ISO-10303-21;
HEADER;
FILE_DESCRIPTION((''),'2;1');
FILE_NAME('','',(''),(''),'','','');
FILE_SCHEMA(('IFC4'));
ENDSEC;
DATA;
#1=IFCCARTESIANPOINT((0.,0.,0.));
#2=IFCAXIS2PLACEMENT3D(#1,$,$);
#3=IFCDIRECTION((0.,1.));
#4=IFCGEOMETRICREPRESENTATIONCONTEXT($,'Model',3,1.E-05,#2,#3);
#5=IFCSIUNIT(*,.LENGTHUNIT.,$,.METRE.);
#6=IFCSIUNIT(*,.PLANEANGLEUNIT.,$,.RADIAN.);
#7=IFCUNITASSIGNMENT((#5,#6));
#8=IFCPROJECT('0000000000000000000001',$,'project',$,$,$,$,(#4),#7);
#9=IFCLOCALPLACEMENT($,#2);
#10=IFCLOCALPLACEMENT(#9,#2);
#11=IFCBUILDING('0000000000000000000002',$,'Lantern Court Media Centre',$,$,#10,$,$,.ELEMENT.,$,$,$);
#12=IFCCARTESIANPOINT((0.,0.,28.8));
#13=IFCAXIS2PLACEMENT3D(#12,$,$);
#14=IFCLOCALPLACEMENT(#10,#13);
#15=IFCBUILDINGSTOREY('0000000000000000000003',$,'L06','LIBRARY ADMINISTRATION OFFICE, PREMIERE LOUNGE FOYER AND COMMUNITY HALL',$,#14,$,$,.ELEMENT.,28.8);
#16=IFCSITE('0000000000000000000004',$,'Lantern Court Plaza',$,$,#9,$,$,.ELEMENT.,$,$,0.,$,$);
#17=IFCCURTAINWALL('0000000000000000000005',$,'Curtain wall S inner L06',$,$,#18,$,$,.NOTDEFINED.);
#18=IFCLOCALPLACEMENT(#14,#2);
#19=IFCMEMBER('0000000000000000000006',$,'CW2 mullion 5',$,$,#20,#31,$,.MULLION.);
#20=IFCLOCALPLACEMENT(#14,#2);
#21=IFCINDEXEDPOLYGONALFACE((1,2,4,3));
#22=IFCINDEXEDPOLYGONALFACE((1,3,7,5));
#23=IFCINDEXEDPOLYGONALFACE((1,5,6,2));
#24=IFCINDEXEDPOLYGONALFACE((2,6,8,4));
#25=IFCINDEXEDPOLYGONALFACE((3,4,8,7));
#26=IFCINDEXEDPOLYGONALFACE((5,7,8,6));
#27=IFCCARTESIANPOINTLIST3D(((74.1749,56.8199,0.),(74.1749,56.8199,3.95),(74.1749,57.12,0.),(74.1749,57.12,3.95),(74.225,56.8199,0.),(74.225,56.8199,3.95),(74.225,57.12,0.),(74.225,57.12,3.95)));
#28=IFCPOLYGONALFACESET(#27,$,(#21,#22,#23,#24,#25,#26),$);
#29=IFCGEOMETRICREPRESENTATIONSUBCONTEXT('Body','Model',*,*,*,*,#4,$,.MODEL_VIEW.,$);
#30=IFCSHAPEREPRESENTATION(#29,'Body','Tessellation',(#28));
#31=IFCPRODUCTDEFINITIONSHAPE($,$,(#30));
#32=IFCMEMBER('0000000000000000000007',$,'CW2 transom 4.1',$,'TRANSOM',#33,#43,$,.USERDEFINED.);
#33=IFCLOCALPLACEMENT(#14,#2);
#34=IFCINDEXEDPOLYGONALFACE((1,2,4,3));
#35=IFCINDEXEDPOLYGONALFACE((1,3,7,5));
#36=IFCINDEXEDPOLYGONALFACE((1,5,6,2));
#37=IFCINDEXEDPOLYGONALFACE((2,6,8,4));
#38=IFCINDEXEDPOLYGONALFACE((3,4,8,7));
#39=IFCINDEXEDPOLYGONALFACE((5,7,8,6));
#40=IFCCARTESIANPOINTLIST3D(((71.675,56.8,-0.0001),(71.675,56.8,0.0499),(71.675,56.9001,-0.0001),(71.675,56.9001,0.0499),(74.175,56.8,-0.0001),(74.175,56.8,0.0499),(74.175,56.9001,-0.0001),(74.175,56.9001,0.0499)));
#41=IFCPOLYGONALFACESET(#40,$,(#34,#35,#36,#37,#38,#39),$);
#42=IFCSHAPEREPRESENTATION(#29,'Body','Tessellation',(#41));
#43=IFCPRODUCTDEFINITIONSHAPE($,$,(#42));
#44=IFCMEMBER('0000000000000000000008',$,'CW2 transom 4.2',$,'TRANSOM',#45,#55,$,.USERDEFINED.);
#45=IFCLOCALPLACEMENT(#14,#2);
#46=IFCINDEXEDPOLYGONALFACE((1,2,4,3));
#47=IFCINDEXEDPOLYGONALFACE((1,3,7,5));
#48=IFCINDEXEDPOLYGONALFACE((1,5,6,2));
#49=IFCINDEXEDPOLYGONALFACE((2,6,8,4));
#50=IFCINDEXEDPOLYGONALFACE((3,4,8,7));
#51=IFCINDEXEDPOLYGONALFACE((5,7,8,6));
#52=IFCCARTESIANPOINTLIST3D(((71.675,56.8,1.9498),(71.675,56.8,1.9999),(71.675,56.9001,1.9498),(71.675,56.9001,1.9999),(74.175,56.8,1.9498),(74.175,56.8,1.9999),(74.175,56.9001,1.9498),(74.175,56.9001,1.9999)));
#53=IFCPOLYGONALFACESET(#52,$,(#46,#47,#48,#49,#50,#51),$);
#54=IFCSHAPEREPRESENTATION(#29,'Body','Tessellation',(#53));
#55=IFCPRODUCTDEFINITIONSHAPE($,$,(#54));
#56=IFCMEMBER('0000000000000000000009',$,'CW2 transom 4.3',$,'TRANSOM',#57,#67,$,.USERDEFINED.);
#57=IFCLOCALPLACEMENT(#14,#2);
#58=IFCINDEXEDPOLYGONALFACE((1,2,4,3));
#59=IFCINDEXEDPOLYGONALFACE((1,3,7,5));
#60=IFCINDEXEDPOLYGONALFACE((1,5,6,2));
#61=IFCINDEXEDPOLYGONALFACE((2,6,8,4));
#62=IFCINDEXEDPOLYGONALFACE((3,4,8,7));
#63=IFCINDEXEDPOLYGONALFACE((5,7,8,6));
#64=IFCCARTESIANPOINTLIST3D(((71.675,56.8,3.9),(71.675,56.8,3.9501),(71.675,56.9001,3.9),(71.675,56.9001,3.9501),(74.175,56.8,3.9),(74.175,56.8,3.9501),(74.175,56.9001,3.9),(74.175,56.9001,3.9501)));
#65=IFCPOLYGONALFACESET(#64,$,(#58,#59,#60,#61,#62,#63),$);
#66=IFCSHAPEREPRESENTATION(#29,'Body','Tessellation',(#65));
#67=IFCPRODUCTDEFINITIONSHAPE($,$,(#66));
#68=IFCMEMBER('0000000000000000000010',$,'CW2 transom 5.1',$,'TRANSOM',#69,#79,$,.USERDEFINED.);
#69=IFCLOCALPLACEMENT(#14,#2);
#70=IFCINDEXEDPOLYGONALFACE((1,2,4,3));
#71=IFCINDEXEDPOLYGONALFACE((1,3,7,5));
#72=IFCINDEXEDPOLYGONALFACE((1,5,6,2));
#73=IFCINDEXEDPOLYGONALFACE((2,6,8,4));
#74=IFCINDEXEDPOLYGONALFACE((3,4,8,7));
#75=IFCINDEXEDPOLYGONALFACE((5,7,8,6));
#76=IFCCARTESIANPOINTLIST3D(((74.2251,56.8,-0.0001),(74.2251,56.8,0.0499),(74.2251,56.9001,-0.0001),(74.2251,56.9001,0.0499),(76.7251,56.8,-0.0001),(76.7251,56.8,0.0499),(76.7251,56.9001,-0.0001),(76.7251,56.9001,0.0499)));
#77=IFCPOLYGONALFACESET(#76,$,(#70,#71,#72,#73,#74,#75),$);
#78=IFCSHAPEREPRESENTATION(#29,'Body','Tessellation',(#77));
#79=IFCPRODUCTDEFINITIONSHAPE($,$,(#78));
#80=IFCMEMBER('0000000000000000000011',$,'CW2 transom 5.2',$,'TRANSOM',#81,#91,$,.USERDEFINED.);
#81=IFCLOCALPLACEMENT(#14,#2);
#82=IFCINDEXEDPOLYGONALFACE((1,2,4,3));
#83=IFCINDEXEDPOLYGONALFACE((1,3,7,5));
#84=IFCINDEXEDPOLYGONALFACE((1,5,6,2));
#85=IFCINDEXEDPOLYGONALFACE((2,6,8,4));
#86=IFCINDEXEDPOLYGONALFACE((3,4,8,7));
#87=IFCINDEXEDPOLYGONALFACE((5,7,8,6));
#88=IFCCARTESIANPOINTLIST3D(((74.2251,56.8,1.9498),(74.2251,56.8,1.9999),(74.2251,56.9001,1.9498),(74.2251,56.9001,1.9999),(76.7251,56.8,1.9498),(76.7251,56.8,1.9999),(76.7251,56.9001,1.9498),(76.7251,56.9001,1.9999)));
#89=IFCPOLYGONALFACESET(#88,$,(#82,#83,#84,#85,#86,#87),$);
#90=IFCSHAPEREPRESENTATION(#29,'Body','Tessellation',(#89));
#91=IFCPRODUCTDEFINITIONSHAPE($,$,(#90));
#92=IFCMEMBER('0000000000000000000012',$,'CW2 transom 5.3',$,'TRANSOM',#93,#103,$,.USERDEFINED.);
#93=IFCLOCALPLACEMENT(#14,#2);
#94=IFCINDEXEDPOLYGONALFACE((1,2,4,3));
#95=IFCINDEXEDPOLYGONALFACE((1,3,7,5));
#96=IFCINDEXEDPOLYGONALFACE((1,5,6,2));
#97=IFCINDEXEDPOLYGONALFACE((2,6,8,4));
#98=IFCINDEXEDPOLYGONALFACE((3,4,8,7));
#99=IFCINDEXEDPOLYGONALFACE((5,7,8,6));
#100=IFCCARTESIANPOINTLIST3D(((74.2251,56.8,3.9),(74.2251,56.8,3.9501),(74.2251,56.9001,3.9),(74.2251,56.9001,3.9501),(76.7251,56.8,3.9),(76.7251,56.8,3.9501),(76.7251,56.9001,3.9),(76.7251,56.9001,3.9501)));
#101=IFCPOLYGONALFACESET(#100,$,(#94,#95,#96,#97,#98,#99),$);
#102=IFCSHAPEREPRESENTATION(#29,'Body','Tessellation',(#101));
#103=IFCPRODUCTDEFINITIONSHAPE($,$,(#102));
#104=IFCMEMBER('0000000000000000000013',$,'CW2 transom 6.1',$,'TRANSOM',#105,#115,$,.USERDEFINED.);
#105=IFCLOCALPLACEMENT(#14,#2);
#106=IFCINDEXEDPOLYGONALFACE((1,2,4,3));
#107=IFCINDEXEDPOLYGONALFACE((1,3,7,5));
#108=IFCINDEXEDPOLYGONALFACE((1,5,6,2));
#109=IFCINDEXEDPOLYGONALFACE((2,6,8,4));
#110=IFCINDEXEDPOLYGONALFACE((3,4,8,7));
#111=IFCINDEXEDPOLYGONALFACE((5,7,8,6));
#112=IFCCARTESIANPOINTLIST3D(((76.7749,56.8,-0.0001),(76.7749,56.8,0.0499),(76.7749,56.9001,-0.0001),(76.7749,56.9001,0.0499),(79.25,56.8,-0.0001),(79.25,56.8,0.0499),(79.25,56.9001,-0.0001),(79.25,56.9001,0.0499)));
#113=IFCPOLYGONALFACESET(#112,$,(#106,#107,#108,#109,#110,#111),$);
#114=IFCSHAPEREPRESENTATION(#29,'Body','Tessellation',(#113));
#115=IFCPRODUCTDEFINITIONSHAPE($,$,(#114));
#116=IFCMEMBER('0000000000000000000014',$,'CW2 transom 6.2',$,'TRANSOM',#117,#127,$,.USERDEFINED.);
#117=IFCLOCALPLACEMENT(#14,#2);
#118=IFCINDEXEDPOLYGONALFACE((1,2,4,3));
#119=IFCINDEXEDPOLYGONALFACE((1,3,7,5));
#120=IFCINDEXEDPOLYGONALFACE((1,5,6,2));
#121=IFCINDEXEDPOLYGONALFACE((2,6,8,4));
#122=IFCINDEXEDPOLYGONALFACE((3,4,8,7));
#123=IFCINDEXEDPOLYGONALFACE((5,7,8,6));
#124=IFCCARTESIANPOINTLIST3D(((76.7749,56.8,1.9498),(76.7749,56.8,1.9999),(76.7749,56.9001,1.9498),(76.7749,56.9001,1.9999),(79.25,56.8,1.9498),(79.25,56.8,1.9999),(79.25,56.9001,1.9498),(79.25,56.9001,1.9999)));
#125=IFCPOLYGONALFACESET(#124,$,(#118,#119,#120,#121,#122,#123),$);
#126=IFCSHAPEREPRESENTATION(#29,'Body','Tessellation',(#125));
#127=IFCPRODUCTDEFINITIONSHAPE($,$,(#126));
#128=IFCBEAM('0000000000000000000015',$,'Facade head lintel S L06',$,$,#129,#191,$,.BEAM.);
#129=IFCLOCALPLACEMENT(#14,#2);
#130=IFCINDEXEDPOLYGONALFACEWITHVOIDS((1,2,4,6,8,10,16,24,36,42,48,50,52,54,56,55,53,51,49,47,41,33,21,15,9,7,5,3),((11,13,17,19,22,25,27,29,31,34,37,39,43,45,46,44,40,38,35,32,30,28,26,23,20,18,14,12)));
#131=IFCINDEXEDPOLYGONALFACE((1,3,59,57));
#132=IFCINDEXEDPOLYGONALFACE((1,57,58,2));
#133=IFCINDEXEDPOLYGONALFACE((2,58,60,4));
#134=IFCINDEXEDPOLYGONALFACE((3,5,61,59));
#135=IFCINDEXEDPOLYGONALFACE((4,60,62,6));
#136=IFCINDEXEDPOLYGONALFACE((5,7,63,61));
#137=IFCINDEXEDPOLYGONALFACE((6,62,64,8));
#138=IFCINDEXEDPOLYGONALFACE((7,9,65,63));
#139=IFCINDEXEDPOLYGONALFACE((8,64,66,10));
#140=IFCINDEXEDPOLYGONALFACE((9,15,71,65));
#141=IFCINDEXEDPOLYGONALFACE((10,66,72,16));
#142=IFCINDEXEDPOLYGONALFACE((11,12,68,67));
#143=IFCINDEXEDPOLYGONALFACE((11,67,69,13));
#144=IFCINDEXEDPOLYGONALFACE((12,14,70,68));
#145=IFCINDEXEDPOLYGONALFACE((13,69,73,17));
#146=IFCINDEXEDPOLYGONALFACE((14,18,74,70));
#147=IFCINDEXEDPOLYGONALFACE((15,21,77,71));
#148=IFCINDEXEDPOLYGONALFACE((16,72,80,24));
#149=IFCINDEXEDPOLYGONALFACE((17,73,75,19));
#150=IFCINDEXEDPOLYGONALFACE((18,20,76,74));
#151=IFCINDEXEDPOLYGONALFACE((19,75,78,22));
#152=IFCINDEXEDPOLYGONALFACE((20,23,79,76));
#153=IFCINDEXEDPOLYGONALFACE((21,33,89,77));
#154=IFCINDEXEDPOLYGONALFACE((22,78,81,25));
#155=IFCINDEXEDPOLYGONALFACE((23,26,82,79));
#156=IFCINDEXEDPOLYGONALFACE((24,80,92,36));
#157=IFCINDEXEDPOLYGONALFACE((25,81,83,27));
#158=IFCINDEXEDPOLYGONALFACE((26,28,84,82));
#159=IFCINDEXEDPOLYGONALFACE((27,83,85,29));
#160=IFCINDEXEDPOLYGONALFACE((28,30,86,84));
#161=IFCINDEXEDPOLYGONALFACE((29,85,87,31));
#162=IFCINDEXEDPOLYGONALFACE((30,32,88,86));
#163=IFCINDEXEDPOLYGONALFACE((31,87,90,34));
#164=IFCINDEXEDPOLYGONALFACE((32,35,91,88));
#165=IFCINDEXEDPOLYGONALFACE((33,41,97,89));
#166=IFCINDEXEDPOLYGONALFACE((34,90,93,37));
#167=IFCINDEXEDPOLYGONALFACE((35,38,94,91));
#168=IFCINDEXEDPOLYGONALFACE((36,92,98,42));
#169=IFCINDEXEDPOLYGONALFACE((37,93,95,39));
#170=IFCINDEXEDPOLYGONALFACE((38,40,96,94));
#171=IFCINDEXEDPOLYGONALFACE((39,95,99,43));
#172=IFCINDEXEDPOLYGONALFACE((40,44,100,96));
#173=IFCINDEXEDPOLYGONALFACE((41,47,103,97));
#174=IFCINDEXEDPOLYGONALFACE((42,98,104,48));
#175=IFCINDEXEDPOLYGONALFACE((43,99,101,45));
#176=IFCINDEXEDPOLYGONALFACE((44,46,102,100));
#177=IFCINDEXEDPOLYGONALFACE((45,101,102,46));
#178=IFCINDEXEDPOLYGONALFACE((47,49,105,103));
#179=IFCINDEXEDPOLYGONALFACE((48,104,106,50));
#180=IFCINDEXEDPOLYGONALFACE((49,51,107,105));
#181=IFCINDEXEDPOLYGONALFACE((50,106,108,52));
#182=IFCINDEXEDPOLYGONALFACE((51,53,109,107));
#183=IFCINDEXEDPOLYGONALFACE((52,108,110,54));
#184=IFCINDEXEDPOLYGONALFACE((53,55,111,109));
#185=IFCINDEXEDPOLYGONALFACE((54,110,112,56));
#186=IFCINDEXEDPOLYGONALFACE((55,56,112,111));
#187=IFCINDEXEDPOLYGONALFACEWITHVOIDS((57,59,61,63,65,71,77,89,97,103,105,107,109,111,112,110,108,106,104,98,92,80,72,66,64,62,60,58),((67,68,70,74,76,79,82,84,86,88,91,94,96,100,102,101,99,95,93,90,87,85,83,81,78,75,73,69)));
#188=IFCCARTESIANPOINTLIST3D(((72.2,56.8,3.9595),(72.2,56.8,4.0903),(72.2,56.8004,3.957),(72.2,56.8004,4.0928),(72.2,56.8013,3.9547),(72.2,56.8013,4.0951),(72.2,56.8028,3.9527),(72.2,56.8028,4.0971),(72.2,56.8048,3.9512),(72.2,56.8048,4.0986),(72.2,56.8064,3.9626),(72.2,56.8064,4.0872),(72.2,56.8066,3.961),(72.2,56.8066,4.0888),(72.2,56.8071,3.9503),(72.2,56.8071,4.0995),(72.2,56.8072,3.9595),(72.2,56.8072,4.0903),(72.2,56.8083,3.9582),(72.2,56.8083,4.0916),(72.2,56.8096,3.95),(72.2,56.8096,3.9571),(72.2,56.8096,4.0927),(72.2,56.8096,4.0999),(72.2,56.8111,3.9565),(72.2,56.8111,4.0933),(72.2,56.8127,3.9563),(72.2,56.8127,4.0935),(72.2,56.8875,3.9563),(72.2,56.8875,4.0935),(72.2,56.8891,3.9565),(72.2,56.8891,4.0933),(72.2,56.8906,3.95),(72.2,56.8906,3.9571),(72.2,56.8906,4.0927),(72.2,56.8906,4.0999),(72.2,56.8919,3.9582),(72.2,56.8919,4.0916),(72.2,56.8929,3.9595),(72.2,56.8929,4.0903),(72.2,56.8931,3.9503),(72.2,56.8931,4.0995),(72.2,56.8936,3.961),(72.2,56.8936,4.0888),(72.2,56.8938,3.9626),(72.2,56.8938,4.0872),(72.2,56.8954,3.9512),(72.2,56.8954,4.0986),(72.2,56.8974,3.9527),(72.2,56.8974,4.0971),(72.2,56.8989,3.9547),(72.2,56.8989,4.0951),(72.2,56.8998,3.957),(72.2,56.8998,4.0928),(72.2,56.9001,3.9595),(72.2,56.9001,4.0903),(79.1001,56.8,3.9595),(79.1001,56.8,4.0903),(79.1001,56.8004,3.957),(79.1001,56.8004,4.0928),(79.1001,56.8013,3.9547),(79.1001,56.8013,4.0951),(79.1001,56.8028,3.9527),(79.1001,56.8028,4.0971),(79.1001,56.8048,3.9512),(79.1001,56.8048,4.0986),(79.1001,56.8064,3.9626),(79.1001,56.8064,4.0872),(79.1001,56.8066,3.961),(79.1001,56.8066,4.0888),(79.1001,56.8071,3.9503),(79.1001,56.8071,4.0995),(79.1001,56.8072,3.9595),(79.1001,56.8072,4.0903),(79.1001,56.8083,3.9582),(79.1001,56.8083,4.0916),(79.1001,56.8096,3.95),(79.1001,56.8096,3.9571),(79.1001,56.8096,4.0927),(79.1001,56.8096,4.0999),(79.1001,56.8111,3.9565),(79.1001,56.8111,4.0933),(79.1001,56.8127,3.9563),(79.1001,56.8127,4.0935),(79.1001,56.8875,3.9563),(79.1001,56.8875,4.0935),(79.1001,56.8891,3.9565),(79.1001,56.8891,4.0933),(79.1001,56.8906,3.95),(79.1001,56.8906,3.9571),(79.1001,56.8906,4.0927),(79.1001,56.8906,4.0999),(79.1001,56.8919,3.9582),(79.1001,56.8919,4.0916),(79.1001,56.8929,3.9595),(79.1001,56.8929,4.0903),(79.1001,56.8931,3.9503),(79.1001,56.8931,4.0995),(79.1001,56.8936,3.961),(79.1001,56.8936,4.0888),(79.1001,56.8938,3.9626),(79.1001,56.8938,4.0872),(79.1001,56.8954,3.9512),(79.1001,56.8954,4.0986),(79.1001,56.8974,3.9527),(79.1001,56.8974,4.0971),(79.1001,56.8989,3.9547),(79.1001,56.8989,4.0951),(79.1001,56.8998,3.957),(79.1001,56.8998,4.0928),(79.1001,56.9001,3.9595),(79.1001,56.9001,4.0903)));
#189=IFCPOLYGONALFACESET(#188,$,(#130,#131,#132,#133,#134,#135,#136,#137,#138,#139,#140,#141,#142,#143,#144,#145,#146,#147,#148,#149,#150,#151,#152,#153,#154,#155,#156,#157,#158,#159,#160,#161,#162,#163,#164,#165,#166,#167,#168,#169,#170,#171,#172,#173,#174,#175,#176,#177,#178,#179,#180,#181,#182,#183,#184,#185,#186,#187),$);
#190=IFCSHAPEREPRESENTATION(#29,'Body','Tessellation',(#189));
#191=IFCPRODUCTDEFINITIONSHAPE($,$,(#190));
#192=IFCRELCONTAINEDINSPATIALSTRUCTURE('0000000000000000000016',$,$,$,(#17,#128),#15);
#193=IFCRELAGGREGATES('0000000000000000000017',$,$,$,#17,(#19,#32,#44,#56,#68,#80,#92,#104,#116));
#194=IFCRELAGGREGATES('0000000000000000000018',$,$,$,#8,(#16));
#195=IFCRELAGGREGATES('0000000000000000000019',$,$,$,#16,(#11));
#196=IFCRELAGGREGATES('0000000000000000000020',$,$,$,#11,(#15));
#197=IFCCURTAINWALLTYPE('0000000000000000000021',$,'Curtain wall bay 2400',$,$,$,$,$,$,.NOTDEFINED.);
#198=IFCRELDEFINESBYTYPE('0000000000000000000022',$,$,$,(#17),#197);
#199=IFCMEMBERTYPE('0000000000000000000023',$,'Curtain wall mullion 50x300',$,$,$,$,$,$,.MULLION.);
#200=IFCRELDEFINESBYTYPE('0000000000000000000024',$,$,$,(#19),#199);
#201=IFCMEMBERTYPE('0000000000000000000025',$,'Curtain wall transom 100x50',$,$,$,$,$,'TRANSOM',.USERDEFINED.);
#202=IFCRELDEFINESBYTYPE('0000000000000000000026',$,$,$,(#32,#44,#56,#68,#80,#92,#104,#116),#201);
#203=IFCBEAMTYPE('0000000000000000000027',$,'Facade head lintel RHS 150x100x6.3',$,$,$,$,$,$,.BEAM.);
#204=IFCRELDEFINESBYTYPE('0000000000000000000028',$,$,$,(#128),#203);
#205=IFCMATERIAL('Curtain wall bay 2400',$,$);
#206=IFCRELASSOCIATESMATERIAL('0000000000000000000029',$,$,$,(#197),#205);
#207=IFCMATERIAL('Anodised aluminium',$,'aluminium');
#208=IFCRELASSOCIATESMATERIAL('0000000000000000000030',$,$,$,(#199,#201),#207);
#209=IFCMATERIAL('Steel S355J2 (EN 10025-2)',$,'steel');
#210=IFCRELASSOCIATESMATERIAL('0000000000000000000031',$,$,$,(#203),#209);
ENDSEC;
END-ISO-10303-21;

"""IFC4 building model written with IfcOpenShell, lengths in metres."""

from ifc_helpers import new_model, si_unit, direction, frame, origin, origin_2d, place, context, subcontext, project, spatial, rectangle, hollow_rectangle, extrude, material, material_profile, profile_set, type_object, element, aggregate, save


model = new_model("IFC4")

# Units and contexts
model_context = context("Model", 3, precision=1e-05, world=origin(), true_north=direction((0.0, 1.0)))
body_context = subcontext(model_context, "Body", "Model", "MODEL_VIEW")
ifc_project = project(units=[si_unit("LENGTHUNIT", "METRE"), si_unit("PLANEANGLEUNIT", "RADIAN")], contexts=[model_context])

# Site, building, storey
site_placement = place(None, origin())
site = spatial("IfcSite", under=ifc_project, at=site_placement, Name="Lantern Court Plaza", CompositionType="ELEMENT", RefElevation=0.0)
building_placement = place(site_placement, origin())
building = spatial("IfcBuilding", under=site, at=building_placement, Name="Lantern Court Media Centre", CompositionType="ELEMENT")
storey_placement = place(building_placement, frame((0.0, 0.0, 28.8)))
storey = spatial("IfcBuildingStorey", under=building, at=storey_placement, Name="L06", Description="LIBRARY ADMINISTRATION OFFICE, PREMIERE LOUNGE FOYER AND COMMUNITY HALL", CompositionType="ELEMENT", Elevation=28.8)

# Curtain wall, members
ifc_material_1 = material(Name="Curtain wall bay 2400")
curtain_wall_type = type_object("IfcCurtainWallType", Name="Curtain wall bay 2400", PredefinedType="NOTDEFINED", material=ifc_material_1)
curtain_wall_placement = place(storey_placement, origin())
curtain_wall = element("IfcCurtainWall", 1, at=curtain_wall_placement, inside=storey, type_object=curtain_wall_type, Name="Curtain wall S inner L06", PredefinedType="NOTDEFINED")
ifc_material_2 = material(Name="Anodised aluminium", Category="aluminium")
ifc_material_profile_1 = material_profile(ifc_material_2, rectangle(XDim=0.3, YDim=0.05, at=origin_2d()), Name="AL 50x300")
ifc_profile_set_1 = profile_set([ifc_material_profile_1], Name="Anodised aluminium")
member_type_1 = type_object("IfcMemberType", Name="Curtain wall mullion 50x300", PredefinedType="MULLION", material=ifc_profile_set_1)
member_1_placement = place(storey_placement, frame((74.2, 56.97, 0.0), z_axis=(0.0, 0.0, 1.0), x_axis=(0.0, 1.0, 0.0)))
member_1 = element("IfcMember", 2, at=member_1_placement, type_object=member_type_1, Name="CW2 mullion 5", PredefinedType="MULLION", context=body_context, shape_type="SweptSolid", body=[
    extrude(rectangle(XDim=0.3, YDim=0.05, at=origin_2d()), origin(), (0.0, 0.0, 1.0), 3.95),
])
ifc_material_profile_2 = material_profile(ifc_material_2, rectangle(XDim=0.1001, YDim=0.05, at=origin_2d()), Name="AL 50x100")
ifc_profile_set_2 = profile_set([ifc_material_profile_2], Name="Anodised aluminium")
member_type_2 = type_object("IfcMemberType", Name="Curtain wall transom 100x50", ElementType="TRANSOM", PredefinedType="USERDEFINED", material=ifc_profile_set_2)
member_2_placement = place(storey_placement, frame((71.675, 56.8501, 0.0249), z_axis=(1.0, 0.0, 0.0), x_axis=(0.0, 1.0, 0.0)))
member_2 = element("IfcMember", 3, at=member_2_placement, type_object=member_type_2, Name="CW2 transom 4.1", ObjectType="TRANSOM", PredefinedType="USERDEFINED", context=body_context, shape_type="SweptSolid", body=[
    extrude(rectangle(XDim=0.1001, YDim=0.05, at=origin_2d()), origin(), (0.0, 0.0, 1.0), 2.5),
])
member_3_placement = place(storey_placement, frame((71.675, 56.8501, 1.9749), z_axis=(1.0, 0.0, 0.0), x_axis=(0.0, 1.0, 0.0)))
member_3 = element("IfcMember", 4, at=member_3_placement, type_object=member_type_2, Name="CW2 transom 4.2", ObjectType="TRANSOM", PredefinedType="USERDEFINED", context=body_context, shape_type="SweptSolid", body=[
    extrude(rectangle(XDim=0.1001, YDim=0.05, at=origin_2d()), origin(), (0.0, 0.0, 1.0), 2.5),
])
member_4_placement = place(storey_placement, frame((71.675, 56.8501, 3.925), z_axis=(1.0, 0.0, 0.0), x_axis=(0.0, 1.0, 0.0)))
member_4 = element("IfcMember", 5, at=member_4_placement, type_object=member_type_2, Name="CW2 transom 4.3", ObjectType="TRANSOM", PredefinedType="USERDEFINED", context=body_context, shape_type="SweptSolid", body=[
    extrude(rectangle(XDim=0.1001, YDim=0.05, at=origin_2d()), origin(), (0.0, 0.0, 1.0), 2.5),
])
member_5_placement = place(storey_placement, frame((74.2251, 56.8501, 0.0249), z_axis=(1.0, 0.0, 0.0), x_axis=(0.0, 1.0, 0.0)))
member_5 = element("IfcMember", 6, at=member_5_placement, type_object=member_type_2, Name="CW2 transom 5.1", ObjectType="TRANSOM", PredefinedType="USERDEFINED", context=body_context, shape_type="SweptSolid", body=[
    extrude(rectangle(XDim=0.1001, YDim=0.05, at=origin_2d()), origin(), (0.0, 0.0, 1.0), 2.5),
])
member_6_placement = place(storey_placement, frame((74.2251, 56.8501, 1.9749), z_axis=(1.0, 0.0, 0.0), x_axis=(0.0, 1.0, 0.0)))
member_6 = element("IfcMember", 7, at=member_6_placement, type_object=member_type_2, Name="CW2 transom 5.2", ObjectType="TRANSOM", PredefinedType="USERDEFINED", context=body_context, shape_type="SweptSolid", body=[
    extrude(rectangle(XDim=0.1001, YDim=0.05, at=origin_2d()), origin(), (0.0, 0.0, 1.0), 2.5),
])
member_7_placement = place(storey_placement, frame((74.2251, 56.8501, 3.925), z_axis=(1.0, 0.0, 0.0), x_axis=(0.0, 1.0, 0.0)))
member_7 = element("IfcMember", 8, at=member_7_placement, type_object=member_type_2, Name="CW2 transom 5.3", ObjectType="TRANSOM", PredefinedType="USERDEFINED", context=body_context, shape_type="SweptSolid", body=[
    extrude(rectangle(XDim=0.1001, YDim=0.05, at=origin_2d()), origin(), (0.0, 0.0, 1.0), 2.5),
])
member_8_placement = place(storey_placement, frame((76.7749, 56.8501, 0.0249), z_axis=(1.0, 0.0, 0.0), x_axis=(0.0, 1.0, 0.0)))
member_8 = element("IfcMember", 9, at=member_8_placement, type_object=member_type_2, Name="CW2 transom 6.1", ObjectType="TRANSOM", PredefinedType="USERDEFINED", context=body_context, shape_type="SweptSolid", body=[
    extrude(rectangle(XDim=0.1001, YDim=0.05, at=origin_2d()), origin(), (0.0, 0.0, 1.0), 2.4751),
])
member_9_placement = place(storey_placement, frame((76.7749, 56.8501, 1.9749), z_axis=(1.0, 0.0, 0.0), x_axis=(0.0, 1.0, 0.0)))
member_9 = element("IfcMember", 10, at=member_9_placement, type_object=member_type_2, Name="CW2 transom 6.2", ObjectType="TRANSOM", PredefinedType="USERDEFINED", context=body_context, shape_type="SweptSolid", body=[
    extrude(rectangle(XDim=0.1001, YDim=0.05, at=origin_2d()), origin(), (0.0, 0.0, 1.0), 2.4751),
])

# Beam
ifc_material_3 = material(Name="Steel S355J2 (EN 10025-2)", Category="steel")
ifc_material_profile_3 = material_profile(ifc_material_3, hollow_rectangle(XDim=0.1001, YDim=0.1499, WallThickness=0.0063, InnerFilletRadius=0.0063, OuterFilletRadius=0.0095, at=origin_2d()), Name="Facade head lintel RHS 150x100x6.3")
ifc_profile_set_3 = profile_set([ifc_material_profile_3], Name="Steel S355J2 (EN 10025-2)")
beam_type_1 = type_object("IfcBeamType", Name="Facade head lintel RHS 150x100x6.3", PredefinedType="BEAM", material=ifc_profile_set_3)
beam_1_placement = place(storey_placement, frame((72.2, 56.8501, 4.0249), z_axis=(1.0, 0.0, 0.0), x_axis=(0.0, 1.0, 0.0)))
element("IfcBeam", 11, at=beam_1_placement, inside=storey, type_object=beam_type_1, Name="Facade head lintel S L06", PredefinedType="BEAM", context=body_context, shape_type="SweptSolid", body=[
    extrude(hollow_rectangle(XDim=0.1001, YDim=0.1499, WallThickness=0.0063, InnerFilletRadius=0.0063, OuterFilletRadius=0.0095, at=origin_2d()), origin(), (0.0, 0.0, 1.0), 6.9001),
])

aggregate(curtain_wall, [member_1, member_2, member_3, member_4, member_5, member_6, member_7, member_8, member_9])

save(model, "model.ifc")
